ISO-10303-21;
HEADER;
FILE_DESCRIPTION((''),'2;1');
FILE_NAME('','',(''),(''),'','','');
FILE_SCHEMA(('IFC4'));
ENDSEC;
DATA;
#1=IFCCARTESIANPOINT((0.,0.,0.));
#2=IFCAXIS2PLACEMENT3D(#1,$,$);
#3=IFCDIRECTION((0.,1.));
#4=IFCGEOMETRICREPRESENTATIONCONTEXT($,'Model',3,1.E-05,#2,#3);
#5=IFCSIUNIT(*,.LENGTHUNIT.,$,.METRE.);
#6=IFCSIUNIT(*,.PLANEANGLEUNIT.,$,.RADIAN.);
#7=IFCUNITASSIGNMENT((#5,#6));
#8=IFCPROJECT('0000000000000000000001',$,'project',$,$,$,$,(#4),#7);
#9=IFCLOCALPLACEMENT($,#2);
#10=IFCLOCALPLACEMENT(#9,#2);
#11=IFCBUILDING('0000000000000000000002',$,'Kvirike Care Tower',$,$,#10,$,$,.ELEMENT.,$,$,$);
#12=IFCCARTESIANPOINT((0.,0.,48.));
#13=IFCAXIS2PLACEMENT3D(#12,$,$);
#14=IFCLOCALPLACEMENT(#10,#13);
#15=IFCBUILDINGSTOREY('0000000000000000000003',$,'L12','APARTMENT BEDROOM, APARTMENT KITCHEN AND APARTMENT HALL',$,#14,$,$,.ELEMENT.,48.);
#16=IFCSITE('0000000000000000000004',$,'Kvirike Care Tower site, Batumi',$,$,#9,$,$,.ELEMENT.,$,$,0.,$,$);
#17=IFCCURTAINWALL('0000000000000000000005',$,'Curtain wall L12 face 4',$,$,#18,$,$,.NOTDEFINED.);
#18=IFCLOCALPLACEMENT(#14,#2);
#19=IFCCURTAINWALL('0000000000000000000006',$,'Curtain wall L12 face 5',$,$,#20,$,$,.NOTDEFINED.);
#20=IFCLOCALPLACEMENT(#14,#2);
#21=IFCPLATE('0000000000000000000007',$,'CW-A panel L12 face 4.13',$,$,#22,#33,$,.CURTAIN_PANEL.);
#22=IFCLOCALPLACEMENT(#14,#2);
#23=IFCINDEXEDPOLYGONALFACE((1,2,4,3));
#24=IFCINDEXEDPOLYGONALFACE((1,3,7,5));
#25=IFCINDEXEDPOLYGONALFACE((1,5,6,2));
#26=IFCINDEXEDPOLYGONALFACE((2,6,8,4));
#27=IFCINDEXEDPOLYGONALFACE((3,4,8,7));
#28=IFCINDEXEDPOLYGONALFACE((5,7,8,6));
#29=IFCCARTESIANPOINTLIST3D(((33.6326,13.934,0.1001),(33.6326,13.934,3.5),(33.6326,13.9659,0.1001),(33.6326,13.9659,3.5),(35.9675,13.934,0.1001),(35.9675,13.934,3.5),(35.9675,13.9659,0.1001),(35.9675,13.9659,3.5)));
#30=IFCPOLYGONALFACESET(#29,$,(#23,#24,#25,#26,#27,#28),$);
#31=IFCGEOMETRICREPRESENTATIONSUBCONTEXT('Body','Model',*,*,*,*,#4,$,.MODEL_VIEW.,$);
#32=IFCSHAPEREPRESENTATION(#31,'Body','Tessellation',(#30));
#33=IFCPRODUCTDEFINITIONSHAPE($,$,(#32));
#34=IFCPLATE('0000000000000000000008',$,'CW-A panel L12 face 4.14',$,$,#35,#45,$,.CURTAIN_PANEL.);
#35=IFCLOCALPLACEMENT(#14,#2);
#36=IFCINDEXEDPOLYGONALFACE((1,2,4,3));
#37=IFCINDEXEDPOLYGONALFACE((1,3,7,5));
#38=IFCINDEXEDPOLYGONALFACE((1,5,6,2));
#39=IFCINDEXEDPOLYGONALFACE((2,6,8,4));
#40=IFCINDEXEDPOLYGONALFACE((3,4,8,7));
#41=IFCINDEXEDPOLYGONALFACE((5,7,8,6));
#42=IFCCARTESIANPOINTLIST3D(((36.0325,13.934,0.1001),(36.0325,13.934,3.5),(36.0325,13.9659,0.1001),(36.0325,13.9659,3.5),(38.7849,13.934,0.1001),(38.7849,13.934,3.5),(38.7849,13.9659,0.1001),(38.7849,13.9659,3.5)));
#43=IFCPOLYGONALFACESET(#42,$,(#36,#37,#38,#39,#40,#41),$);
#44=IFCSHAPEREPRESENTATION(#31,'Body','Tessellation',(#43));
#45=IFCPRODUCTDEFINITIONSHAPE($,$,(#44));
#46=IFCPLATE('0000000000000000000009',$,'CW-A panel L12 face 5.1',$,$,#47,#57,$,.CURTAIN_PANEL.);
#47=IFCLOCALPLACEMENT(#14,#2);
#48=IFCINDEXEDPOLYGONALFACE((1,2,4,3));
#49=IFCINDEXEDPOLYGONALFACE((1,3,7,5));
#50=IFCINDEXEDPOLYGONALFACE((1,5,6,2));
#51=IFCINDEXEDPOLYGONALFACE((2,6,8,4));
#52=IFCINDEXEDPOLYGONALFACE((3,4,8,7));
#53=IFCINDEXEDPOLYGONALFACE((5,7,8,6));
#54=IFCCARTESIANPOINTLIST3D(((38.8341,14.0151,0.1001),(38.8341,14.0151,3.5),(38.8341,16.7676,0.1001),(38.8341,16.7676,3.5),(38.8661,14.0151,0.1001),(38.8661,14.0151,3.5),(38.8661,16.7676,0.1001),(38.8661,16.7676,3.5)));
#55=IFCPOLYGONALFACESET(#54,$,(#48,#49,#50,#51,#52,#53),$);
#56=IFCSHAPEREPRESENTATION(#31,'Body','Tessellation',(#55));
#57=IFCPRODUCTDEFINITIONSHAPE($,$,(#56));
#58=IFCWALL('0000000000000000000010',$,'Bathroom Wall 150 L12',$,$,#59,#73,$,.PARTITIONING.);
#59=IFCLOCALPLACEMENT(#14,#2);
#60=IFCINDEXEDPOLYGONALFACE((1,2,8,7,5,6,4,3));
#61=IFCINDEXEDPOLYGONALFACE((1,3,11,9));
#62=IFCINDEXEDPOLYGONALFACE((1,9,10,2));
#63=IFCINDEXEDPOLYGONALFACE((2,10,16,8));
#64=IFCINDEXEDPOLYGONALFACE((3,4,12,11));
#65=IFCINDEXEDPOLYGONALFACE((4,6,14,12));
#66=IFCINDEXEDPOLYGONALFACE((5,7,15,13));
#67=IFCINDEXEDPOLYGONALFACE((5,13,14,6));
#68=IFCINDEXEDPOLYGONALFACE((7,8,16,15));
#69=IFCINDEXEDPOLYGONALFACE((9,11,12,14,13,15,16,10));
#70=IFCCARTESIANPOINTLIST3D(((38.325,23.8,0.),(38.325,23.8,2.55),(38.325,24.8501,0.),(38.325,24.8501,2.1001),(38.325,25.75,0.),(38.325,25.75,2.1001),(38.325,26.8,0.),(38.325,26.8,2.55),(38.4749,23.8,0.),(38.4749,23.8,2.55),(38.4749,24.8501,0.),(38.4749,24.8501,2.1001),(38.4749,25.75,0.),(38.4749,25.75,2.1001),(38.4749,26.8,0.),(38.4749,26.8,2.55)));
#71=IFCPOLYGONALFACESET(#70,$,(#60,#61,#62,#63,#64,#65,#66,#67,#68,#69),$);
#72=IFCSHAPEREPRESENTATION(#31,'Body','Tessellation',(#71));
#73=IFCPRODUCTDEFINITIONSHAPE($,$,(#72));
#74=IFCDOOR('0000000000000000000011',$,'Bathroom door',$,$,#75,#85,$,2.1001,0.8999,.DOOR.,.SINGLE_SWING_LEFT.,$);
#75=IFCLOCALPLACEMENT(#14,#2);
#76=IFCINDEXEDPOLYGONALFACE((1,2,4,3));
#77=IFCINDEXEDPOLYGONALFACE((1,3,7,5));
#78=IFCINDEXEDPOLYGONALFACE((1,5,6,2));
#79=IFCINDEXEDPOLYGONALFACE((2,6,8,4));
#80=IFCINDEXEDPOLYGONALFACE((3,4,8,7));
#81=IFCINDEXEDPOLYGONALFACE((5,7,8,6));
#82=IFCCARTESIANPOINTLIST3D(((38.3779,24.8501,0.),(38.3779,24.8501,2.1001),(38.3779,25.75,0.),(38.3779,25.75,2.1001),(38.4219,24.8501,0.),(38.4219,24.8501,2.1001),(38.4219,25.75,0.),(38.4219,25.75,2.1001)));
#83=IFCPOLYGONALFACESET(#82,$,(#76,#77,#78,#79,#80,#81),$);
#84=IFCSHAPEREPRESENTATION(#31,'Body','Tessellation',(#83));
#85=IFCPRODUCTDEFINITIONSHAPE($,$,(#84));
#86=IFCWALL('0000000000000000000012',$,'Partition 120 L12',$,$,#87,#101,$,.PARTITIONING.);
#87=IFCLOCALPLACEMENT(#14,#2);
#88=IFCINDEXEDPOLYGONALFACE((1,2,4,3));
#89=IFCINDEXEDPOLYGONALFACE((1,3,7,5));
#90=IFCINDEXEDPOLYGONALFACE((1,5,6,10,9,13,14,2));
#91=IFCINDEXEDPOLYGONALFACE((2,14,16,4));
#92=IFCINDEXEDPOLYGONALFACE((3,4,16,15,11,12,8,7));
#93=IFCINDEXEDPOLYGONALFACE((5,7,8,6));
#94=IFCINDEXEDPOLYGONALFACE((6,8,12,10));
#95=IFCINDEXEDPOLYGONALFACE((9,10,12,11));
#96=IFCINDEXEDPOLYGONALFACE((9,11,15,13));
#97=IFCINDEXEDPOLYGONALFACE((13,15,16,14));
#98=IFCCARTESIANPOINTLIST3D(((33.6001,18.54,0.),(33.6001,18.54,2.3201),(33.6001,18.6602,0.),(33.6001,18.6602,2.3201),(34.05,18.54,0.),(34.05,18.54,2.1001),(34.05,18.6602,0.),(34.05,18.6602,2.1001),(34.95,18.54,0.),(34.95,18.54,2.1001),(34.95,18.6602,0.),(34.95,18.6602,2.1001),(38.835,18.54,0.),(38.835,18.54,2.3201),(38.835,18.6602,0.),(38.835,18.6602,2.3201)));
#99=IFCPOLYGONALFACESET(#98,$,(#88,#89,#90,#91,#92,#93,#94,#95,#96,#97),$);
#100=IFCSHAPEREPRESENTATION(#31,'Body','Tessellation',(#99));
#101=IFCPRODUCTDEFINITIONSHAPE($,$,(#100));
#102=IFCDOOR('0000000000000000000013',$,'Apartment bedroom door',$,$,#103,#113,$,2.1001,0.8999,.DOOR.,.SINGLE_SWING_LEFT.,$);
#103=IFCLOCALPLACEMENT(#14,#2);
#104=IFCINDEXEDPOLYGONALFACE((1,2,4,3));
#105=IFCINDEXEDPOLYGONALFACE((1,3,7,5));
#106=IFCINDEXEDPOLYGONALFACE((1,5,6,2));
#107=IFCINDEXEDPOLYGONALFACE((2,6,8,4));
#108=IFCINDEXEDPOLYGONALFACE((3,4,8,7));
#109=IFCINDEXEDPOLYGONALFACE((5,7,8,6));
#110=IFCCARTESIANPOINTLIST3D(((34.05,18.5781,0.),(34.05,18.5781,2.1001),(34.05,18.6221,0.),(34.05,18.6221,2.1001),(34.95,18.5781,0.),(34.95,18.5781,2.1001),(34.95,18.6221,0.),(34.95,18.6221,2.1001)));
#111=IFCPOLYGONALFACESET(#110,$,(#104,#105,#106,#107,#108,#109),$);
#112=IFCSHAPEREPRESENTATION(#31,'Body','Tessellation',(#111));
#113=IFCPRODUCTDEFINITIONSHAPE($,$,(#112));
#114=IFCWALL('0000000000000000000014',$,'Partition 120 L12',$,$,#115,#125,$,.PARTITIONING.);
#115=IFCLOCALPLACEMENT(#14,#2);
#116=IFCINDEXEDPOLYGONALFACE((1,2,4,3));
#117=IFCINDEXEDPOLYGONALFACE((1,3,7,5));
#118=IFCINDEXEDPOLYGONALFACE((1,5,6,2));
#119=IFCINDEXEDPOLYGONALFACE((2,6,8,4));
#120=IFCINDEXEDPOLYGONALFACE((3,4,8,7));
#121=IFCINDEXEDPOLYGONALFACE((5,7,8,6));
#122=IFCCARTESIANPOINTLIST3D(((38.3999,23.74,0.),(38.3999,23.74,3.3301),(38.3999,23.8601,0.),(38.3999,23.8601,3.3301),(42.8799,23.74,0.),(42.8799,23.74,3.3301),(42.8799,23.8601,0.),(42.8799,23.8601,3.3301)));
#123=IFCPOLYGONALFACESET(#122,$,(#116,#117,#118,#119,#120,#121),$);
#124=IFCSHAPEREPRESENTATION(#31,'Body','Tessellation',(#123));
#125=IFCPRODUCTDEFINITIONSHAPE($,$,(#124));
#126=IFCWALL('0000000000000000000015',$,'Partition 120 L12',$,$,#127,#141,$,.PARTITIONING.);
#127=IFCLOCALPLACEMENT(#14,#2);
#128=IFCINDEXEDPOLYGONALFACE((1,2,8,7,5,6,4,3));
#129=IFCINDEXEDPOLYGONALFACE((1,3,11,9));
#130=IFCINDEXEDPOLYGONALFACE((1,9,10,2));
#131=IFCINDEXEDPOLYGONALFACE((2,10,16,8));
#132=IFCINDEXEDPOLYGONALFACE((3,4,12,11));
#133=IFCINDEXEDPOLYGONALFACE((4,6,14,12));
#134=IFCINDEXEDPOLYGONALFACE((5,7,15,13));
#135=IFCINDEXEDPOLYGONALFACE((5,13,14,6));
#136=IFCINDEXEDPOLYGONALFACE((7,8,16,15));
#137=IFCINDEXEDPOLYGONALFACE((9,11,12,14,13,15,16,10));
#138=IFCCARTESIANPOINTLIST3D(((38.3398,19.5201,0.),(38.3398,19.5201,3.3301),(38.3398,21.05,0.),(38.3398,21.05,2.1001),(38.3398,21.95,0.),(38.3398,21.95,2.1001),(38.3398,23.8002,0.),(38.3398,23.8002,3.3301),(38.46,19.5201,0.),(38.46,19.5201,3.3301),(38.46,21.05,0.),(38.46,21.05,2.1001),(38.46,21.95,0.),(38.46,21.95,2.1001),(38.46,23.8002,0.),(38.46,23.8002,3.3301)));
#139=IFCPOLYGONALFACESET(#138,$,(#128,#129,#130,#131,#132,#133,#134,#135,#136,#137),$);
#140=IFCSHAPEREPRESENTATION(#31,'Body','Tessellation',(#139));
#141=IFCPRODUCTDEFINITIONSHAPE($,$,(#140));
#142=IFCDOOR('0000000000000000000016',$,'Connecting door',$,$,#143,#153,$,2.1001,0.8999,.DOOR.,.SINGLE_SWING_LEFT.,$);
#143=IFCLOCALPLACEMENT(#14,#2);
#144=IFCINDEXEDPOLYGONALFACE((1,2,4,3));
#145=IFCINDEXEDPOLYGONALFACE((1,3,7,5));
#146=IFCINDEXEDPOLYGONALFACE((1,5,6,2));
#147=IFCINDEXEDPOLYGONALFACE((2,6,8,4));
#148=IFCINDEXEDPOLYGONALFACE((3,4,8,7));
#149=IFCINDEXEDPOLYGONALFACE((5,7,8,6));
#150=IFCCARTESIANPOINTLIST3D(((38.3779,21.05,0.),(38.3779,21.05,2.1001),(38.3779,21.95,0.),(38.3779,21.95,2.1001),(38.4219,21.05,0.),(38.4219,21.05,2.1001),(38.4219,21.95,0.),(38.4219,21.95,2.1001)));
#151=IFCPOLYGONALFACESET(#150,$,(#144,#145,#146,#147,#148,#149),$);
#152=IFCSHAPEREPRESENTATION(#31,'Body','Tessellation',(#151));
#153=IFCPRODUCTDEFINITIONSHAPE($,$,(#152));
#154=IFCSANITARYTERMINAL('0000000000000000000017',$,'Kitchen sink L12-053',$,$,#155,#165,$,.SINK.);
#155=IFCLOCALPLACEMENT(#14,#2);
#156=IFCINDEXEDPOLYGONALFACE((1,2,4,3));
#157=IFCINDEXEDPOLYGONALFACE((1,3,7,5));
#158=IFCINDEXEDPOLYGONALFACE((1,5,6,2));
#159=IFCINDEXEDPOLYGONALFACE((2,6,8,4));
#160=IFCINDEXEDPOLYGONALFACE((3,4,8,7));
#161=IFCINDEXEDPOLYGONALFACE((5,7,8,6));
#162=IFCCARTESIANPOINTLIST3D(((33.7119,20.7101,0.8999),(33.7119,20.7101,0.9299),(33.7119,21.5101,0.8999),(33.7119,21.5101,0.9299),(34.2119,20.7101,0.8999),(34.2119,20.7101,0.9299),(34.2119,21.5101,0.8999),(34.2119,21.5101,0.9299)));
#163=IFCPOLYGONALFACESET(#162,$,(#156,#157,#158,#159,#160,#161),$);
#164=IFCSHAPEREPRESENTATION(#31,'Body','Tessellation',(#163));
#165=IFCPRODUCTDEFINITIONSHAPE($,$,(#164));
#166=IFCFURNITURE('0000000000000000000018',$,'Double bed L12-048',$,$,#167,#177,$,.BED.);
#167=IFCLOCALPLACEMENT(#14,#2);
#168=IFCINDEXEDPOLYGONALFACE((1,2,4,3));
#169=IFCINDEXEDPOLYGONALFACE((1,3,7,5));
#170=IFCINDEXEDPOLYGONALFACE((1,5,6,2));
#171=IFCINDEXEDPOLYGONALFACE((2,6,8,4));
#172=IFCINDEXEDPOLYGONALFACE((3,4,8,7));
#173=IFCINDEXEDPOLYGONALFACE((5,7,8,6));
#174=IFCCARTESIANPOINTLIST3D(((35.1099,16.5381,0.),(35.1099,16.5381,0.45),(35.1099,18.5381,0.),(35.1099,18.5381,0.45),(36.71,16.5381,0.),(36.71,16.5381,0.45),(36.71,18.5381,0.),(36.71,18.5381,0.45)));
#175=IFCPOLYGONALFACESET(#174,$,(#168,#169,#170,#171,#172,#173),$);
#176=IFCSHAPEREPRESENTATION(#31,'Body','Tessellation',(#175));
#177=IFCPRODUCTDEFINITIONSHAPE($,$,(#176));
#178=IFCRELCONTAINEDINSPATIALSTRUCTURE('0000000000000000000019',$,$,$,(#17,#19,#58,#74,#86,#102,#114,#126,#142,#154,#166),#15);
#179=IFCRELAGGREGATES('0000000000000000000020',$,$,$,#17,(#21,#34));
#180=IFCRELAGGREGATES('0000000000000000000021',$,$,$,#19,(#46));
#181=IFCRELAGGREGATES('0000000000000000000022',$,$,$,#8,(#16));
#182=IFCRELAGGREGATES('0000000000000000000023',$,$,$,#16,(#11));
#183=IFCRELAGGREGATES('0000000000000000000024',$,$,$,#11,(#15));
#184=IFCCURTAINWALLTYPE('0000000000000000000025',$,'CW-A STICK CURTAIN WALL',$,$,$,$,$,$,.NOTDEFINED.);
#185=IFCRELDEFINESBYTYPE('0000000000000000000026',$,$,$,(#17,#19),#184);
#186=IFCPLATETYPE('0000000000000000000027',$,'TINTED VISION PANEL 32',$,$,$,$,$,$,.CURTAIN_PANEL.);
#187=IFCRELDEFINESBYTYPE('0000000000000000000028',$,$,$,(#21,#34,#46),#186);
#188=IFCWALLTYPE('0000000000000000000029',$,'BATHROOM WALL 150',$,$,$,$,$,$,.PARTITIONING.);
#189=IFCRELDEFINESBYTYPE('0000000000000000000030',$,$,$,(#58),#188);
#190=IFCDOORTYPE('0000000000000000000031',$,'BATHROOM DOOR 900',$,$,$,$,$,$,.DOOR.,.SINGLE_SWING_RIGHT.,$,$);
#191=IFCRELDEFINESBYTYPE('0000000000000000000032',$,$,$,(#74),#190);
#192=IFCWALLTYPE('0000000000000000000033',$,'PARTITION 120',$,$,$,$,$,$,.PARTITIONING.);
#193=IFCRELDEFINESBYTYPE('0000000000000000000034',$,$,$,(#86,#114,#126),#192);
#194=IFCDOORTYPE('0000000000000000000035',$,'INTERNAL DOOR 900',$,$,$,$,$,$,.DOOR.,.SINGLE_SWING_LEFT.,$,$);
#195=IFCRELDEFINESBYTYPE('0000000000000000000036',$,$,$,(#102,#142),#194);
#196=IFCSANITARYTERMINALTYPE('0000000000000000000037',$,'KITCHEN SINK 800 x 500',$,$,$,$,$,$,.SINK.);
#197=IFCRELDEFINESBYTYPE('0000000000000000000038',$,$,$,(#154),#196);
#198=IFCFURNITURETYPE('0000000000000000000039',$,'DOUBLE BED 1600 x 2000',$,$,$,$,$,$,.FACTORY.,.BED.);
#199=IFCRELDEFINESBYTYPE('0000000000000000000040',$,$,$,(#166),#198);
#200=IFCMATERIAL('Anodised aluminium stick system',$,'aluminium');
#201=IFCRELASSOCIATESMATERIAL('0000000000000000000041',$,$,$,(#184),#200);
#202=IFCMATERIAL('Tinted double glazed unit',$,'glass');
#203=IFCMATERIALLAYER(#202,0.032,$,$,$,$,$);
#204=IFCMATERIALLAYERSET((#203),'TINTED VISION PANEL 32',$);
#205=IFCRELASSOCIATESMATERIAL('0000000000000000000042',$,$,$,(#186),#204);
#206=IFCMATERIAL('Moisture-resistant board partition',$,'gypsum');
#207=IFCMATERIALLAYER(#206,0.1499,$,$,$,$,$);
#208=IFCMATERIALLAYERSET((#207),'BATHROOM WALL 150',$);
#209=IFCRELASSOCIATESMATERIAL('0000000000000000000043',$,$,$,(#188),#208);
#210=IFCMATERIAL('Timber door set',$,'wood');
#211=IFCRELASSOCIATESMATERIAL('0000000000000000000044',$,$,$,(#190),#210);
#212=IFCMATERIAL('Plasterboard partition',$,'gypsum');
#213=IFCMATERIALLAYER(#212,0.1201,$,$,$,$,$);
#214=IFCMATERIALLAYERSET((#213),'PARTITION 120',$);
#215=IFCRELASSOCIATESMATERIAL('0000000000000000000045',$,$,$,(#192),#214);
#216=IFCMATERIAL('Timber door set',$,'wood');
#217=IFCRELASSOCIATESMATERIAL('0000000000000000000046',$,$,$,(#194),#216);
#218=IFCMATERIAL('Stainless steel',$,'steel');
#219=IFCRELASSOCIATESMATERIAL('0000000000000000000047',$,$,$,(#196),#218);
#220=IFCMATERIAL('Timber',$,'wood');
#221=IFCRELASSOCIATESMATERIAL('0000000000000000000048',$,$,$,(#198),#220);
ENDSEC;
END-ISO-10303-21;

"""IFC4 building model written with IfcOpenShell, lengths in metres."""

from ifc_helpers import new_model, si_unit, direction, frame, frame_2d, origin, origin_2d, place, context, subcontext, project, spatial, rectangle, extrude, material, layer, layer_set, type_object, element, fill, aggregate, save


model = new_model("IFC4")

# Units and contexts
model_context = context("Model", 3, precision=1e-05, world=origin(), true_north=direction((0.0, 1.0)))
body_context = subcontext(model_context, "Body", "Model", "MODEL_VIEW")
ifc_project = project(units=[si_unit("LENGTHUNIT", "METRE"), si_unit("PLANEANGLEUNIT", "RADIAN")], contexts=[model_context])

# Site, building, storey
site_placement = place(None, origin())
site = spatial("IfcSite", under=ifc_project, at=site_placement, Name="Kvirike Care Tower site, Batumi", CompositionType="ELEMENT", RefElevation=0.0)
building_placement = place(site_placement, origin())
building = spatial("IfcBuilding", under=site, at=building_placement, Name="Kvirike Care Tower", CompositionType="ELEMENT")
storey_placement = place(building_placement, frame((0.0, 0.0, 48.0)))
storey = spatial("IfcBuildingStorey", under=building, at=storey_placement, Name="L12", Description="APARTMENT BEDROOM, APARTMENT KITCHEN AND APARTMENT HALL", CompositionType="ELEMENT", Elevation=48.0)

# Curtain walls
ifc_material_1 = material(Name="Anodised aluminium stick system", Category="aluminium")
curtain_wall_type = type_object("IfcCurtainWallType", Name="CW-A STICK CURTAIN WALL", PredefinedType="NOTDEFINED", material=ifc_material_1)
curtain_wall_1_placement = place(storey_placement, origin())
curtain_wall_1 = element("IfcCurtainWall", 1, at=curtain_wall_1_placement, inside=storey, type_object=curtain_wall_type, Name="Curtain wall L12 face 4", PredefinedType="NOTDEFINED")
curtain_wall_2_placement = place(storey_placement, origin())
curtain_wall_2 = element("IfcCurtainWall", 2, at=curtain_wall_2_placement, inside=storey, type_object=curtain_wall_type, Name="Curtain wall L12 face 5", PredefinedType="NOTDEFINED")

# Plates
ifc_material_2 = material(Name="Tinted double glazed unit", Category="glass")
ifc_layer_1 = layer(ifc_material_2, 0.032)
ifc_layer_set_1 = layer_set([ifc_layer_1], Name="TINTED VISION PANEL 32")
plate_type = type_object("IfcPlateType", Name="TINTED VISION PANEL 32", PredefinedType="CURTAIN_PANEL", material=ifc_layer_set_1)
plate_1_placement = place(storey_placement, frame((34.8, 13.95, 0.1001), z_axis=(0.0, 0.0, 1.0), x_axis=(1.0, 0.0, 0.0)))
plate_1 = element("IfcPlate", 3, at=plate_1_placement, type_object=plate_type, Name="CW-A panel L12 face 4.13", PredefinedType="CURTAIN_PANEL", context=body_context, shape_type="SweptSolid", body=[
    extrude(rectangle(XDim=2.335, YDim=0.032, at=origin_2d()), origin(), (0.0, 0.0, 1.0), 3.3999),
])
plate_2_placement = place(storey_placement, frame((37.4087, 13.95, 0.1001), z_axis=(0.0, 0.0, 1.0), x_axis=(1.0, 0.0, 0.0)))
plate_2 = element("IfcPlate", 4, at=plate_2_placement, type_object=plate_type, Name="CW-A panel L12 face 4.14", PredefinedType="CURTAIN_PANEL", context=body_context, shape_type="SweptSolid", body=[
    extrude(rectangle(XDim=2.7524, YDim=0.032, at=origin_2d()), origin(), (0.0, 0.0, 1.0), 3.3999),
])
aggregate(curtain_wall_1, [plate_1, plate_2])
plate_3_placement = place(storey_placement, frame((38.8501, 15.3914, 0.1001), z_axis=(0.0, 0.0, 1.0), x_axis=(0.0, 1.0, 0.0)))
plate_3 = element("IfcPlate", 5, at=plate_3_placement, type_object=plate_type, Name="CW-A panel L12 face 5.1", PredefinedType="CURTAIN_PANEL", context=body_context, shape_type="SweptSolid", body=[
    extrude(rectangle(XDim=2.7524, YDim=0.032, at=origin_2d()), origin(), (0.0, 0.0, 1.0), 3.3999),
])
aggregate(curtain_wall_2, [plate_3])

# Walls, openings, doors
ifc_material_3 = material(Name="Moisture-resistant board partition", Category="gypsum")
ifc_layer_2 = layer(ifc_material_3, 0.1499)
ifc_layer_set_2 = layer_set([ifc_layer_2], Name="BATHROOM WALL 150")
wall_type_1 = type_object("IfcWallType", Name="BATHROOM WALL 150", PredefinedType="PARTITIONING", material=ifc_layer_set_2)
wall_1_placement = place(storey_placement, frame((38.3999, 23.8, 0.0), z_axis=(0.0, 0.0, 1.0), x_axis=(0.0, 1.0, 0.0)))
wall_1 = element("IfcWall", 6, at=wall_1_placement, inside=storey, type_object=wall_type_1, Name="Bathroom Wall 150 L12", PredefinedType="PARTITIONING", context=body_context, shape_type="SweptSolid", body=[
    extrude(rectangle(XDim=3.0, YDim=0.1499, at=frame_2d((1.5, 0.0))), origin(), (0.0, 0.0, 1.0), 2.55),
])
opening_1_placement = place(wall_1_placement, frame((1.05, 0.0, 0.0)))
opening_1 = element("IfcOpeningElement", 7, at=opening_1_placement, cuts=wall_1, PredefinedType="OPENING", context=body_context, shape_type="SweptSolid", body=[
    extrude(rectangle(XDim=0.8999, YDim=2.1001, at=frame_2d((0.45, 1.05))), frame((0.0, 0.0854, 0.0), z_axis=(0.0, -1.0, 0.0), x_axis=(1.0, 0.0, 0.0)), (0.0, 0.0, 1.0), 0.1709),
])
ifc_material_4 = material(Name="Timber door set", Category="wood")
door_type_1 = type_object("IfcDoorType", Name="BATHROOM DOOR 900", OperationType="SINGLE_SWING_RIGHT", PredefinedType="DOOR", material=ifc_material_4)
door_1_placement = place(opening_1_placement, frame((0.8999, 0.0, 0.0), z_axis=(0.0, 0.0, 1.0), x_axis=(-1.0, 0.0, 0.0)))
door_1 = element("IfcDoor", 8, at=door_1_placement, inside=storey, type_object=door_type_1, Name="Bathroom door", OperationType="SINGLE_SWING_LEFT", OverallHeight=2.1001, OverallWidth=0.8999, PredefinedType="DOOR", context=body_context, shape_type="SweptSolid", body=[
    extrude(rectangle(XDim=0.8999, YDim=2.1001, at=frame_2d((0.45, 1.05))), frame((0.0, 0.022, 0.0), z_axis=(0.0, -1.0, 0.0), x_axis=(1.0, 0.0, 0.0)), (0.0, 0.0, 1.0), 0.0439),
])
fill(opening_1, door_1)
ifc_material_5 = material(Name="Plasterboard partition", Category="gypsum")
ifc_layer_3 = layer(ifc_material_5, 0.1201)
ifc_layer_set_3 = layer_set([ifc_layer_3], Name="PARTITION 120")
wall_type_2 = type_object("IfcWallType", Name="PARTITION 120", PredefinedType="PARTITIONING", material=ifc_layer_set_3)
wall_2_placement = place(storey_placement, frame((33.6001, 18.6001, 0.0), z_axis=(0.0, 0.0, 1.0), x_axis=(1.0, 0.0, 0.0)))
wall_2 = element("IfcWall", 9, at=wall_2_placement, inside=storey, type_object=wall_type_2, Name="Partition 120 L12", PredefinedType="PARTITIONING", context=body_context, shape_type="SweptSolid", body=[
    extrude(rectangle(XDim=5.2349, YDim=0.1201, at=frame_2d((2.6174, 0.0))), origin(), (0.0, 0.0, 1.0), 2.3201),
])
opening_2_placement = place(wall_2_placement, frame((0.45, 0.0, 0.0)))
opening_2 = element("IfcOpeningElement", 10, at=opening_2_placement, cuts=wall_2, PredefinedType="OPENING", context=body_context, shape_type="SweptSolid", body=[
    extrude(rectangle(XDim=0.8999, YDim=2.1001, at=frame_2d((0.45, 1.05))), frame((0.0, 0.0706, 0.0), z_axis=(0.0, -1.0, 0.0), x_axis=(1.0, 0.0, 0.0)), (0.0, 0.0, 1.0), 0.1411),
])
ifc_material_6 = material(Name="Timber door set", Category="wood")
door_type_2 = type_object("IfcDoorType", Name="INTERNAL DOOR 900", OperationType="SINGLE_SWING_LEFT", PredefinedType="DOOR", material=ifc_material_6)
door_2_placement = place(opening_2_placement, frame((0.8999, 0.0, 0.0), z_axis=(0.0, 0.0, 1.0), x_axis=(-1.0, 0.0, 0.0)))
door_2 = element("IfcDoor", 11, at=door_2_placement, inside=storey, type_object=door_type_2, Name="Apartment bedroom door", OperationType="SINGLE_SWING_LEFT", OverallHeight=2.1001, OverallWidth=0.8999, PredefinedType="DOOR", context=body_context, shape_type="SweptSolid", body=[
    extrude(rectangle(XDim=0.8999, YDim=2.1001, at=frame_2d((0.45, 1.05))), frame((0.0, 0.022, 0.0), z_axis=(0.0, -1.0, 0.0), x_axis=(1.0, 0.0, 0.0)), (0.0, 0.0, 1.0), 0.0439),
])
fill(opening_2, door_2)

# Wall
wall_3_placement = place(storey_placement, frame((38.3999, 23.8, 0.0), z_axis=(0.0, 0.0, 1.0), x_axis=(1.0, 0.0, 0.0)))
element("IfcWall", 12, at=wall_3_placement, inside=storey, type_object=wall_type_2, Name="Partition 120 L12", PredefinedType="PARTITIONING", context=body_context, shape_type="SweptSolid", body=[
    extrude(rectangle(XDim=4.48, YDim=0.1201, at=frame_2d((2.24, 0.0))), origin(), (0.0, 0.0, 1.0), 3.3301),
])

# Wall, opening, door
wall_4_placement = place(storey_placement, frame((38.3999, 19.52, 0.0), z_axis=(0.0, 0.0, 1.0), x_axis=(0.0, 1.0, 0.0)))
wall_4 = element("IfcWall", 13, at=wall_4_placement, inside=storey, type_object=wall_type_2, Name="Partition 120 L12", PredefinedType="PARTITIONING", context=body_context, shape_type="SweptSolid", body=[
    extrude(rectangle(XDim=4.28, YDim=0.1201, at=frame_2d((2.1401, 0.0))), origin(), (0.0, 0.0, 1.0), 3.3301),
])
opening_3_placement = place(wall_4_placement, frame((1.53, 0.0, 0.0)))
opening_3 = element("IfcOpeningElement", 14, at=opening_3_placement, cuts=wall_4, PredefinedType="OPENING", context=body_context, shape_type="SweptSolid", body=[
    extrude(rectangle(XDim=0.8999, YDim=2.1001, at=frame_2d((0.45, 1.05))), frame((0.0, 0.0706, 0.0), z_axis=(0.0, -1.0, 0.0), x_axis=(1.0, 0.0, 0.0)), (0.0, 0.0, 1.0), 0.1411),
])
door_3_placement = place(opening_3_placement, frame((0.8999, 0.0, 0.0), z_axis=(0.0, 0.0, 1.0), x_axis=(-1.0, 0.0, 0.0)))
door_3 = element("IfcDoor", 15, at=door_3_placement, inside=storey, type_object=door_type_2, Name="Connecting door", OperationType="SINGLE_SWING_LEFT", OverallHeight=2.1001, OverallWidth=0.8999, PredefinedType="DOOR", context=body_context, shape_type="SweptSolid", body=[
    extrude(rectangle(XDim=0.8999, YDim=2.1001, at=frame_2d((0.45, 1.05))), frame((0.0, 0.022, 0.0), z_axis=(0.0, -1.0, 0.0), x_axis=(1.0, 0.0, 0.0)), (0.0, 0.0, 1.0), 0.0439),
])
fill(opening_3, door_3)

# Sanitary terminal
ifc_material_7 = material(Name="Stainless steel", Category="steel")
sanitary_terminal_type = type_object("IfcSanitaryTerminalType", Name="KITCHEN SINK 800 x 500", PredefinedType="SINK", material=ifc_material_7)
sanitary_terminal_placement = place(storey_placement, frame((33.9619, 21.1101, 0.8999), z_axis=(0.0, 0.0, 1.0), x_axis=(0.0, 1.0, 0.0)))
element("IfcSanitaryTerminal", 16, at=sanitary_terminal_placement, inside=storey, type_object=sanitary_terminal_type, Name="Kitchen sink L12-053", PredefinedType="SINK", context=body_context, shape_type="SweptSolid", body=[
    extrude(rectangle(XDim=0.8, YDim=0.5, at=origin_2d()), origin(), (0.0, 0.0, 1.0), 0.03),
])

# Furniture
ifc_material_8 = material(Name="Timber", Category="wood")
furniture_type_1 = type_object("IfcFurnitureType", Name="DOUBLE BED 1600 x 2000", AssemblyPlace="FACTORY", PredefinedType="BED", material=ifc_material_8)
furniture_1_placement = place(storey_placement, frame((35.9099, 17.5381, 0.0), z_axis=(0.0, 0.0, 1.0), x_axis=(1.0, 0.0, 0.0)))
element("IfcFurniture", 17, at=furniture_1_placement, inside=storey, type_object=furniture_type_1, Name="Double bed L12-048", PredefinedType="BED", context=body_context, shape_type="SweptSolid", body=[
    extrude(rectangle(XDim=1.6001, YDim=2.0, at=origin_2d()), origin(), (0.0, 0.0, 1.0), 0.45),
])

save(model, "model.ifc")
